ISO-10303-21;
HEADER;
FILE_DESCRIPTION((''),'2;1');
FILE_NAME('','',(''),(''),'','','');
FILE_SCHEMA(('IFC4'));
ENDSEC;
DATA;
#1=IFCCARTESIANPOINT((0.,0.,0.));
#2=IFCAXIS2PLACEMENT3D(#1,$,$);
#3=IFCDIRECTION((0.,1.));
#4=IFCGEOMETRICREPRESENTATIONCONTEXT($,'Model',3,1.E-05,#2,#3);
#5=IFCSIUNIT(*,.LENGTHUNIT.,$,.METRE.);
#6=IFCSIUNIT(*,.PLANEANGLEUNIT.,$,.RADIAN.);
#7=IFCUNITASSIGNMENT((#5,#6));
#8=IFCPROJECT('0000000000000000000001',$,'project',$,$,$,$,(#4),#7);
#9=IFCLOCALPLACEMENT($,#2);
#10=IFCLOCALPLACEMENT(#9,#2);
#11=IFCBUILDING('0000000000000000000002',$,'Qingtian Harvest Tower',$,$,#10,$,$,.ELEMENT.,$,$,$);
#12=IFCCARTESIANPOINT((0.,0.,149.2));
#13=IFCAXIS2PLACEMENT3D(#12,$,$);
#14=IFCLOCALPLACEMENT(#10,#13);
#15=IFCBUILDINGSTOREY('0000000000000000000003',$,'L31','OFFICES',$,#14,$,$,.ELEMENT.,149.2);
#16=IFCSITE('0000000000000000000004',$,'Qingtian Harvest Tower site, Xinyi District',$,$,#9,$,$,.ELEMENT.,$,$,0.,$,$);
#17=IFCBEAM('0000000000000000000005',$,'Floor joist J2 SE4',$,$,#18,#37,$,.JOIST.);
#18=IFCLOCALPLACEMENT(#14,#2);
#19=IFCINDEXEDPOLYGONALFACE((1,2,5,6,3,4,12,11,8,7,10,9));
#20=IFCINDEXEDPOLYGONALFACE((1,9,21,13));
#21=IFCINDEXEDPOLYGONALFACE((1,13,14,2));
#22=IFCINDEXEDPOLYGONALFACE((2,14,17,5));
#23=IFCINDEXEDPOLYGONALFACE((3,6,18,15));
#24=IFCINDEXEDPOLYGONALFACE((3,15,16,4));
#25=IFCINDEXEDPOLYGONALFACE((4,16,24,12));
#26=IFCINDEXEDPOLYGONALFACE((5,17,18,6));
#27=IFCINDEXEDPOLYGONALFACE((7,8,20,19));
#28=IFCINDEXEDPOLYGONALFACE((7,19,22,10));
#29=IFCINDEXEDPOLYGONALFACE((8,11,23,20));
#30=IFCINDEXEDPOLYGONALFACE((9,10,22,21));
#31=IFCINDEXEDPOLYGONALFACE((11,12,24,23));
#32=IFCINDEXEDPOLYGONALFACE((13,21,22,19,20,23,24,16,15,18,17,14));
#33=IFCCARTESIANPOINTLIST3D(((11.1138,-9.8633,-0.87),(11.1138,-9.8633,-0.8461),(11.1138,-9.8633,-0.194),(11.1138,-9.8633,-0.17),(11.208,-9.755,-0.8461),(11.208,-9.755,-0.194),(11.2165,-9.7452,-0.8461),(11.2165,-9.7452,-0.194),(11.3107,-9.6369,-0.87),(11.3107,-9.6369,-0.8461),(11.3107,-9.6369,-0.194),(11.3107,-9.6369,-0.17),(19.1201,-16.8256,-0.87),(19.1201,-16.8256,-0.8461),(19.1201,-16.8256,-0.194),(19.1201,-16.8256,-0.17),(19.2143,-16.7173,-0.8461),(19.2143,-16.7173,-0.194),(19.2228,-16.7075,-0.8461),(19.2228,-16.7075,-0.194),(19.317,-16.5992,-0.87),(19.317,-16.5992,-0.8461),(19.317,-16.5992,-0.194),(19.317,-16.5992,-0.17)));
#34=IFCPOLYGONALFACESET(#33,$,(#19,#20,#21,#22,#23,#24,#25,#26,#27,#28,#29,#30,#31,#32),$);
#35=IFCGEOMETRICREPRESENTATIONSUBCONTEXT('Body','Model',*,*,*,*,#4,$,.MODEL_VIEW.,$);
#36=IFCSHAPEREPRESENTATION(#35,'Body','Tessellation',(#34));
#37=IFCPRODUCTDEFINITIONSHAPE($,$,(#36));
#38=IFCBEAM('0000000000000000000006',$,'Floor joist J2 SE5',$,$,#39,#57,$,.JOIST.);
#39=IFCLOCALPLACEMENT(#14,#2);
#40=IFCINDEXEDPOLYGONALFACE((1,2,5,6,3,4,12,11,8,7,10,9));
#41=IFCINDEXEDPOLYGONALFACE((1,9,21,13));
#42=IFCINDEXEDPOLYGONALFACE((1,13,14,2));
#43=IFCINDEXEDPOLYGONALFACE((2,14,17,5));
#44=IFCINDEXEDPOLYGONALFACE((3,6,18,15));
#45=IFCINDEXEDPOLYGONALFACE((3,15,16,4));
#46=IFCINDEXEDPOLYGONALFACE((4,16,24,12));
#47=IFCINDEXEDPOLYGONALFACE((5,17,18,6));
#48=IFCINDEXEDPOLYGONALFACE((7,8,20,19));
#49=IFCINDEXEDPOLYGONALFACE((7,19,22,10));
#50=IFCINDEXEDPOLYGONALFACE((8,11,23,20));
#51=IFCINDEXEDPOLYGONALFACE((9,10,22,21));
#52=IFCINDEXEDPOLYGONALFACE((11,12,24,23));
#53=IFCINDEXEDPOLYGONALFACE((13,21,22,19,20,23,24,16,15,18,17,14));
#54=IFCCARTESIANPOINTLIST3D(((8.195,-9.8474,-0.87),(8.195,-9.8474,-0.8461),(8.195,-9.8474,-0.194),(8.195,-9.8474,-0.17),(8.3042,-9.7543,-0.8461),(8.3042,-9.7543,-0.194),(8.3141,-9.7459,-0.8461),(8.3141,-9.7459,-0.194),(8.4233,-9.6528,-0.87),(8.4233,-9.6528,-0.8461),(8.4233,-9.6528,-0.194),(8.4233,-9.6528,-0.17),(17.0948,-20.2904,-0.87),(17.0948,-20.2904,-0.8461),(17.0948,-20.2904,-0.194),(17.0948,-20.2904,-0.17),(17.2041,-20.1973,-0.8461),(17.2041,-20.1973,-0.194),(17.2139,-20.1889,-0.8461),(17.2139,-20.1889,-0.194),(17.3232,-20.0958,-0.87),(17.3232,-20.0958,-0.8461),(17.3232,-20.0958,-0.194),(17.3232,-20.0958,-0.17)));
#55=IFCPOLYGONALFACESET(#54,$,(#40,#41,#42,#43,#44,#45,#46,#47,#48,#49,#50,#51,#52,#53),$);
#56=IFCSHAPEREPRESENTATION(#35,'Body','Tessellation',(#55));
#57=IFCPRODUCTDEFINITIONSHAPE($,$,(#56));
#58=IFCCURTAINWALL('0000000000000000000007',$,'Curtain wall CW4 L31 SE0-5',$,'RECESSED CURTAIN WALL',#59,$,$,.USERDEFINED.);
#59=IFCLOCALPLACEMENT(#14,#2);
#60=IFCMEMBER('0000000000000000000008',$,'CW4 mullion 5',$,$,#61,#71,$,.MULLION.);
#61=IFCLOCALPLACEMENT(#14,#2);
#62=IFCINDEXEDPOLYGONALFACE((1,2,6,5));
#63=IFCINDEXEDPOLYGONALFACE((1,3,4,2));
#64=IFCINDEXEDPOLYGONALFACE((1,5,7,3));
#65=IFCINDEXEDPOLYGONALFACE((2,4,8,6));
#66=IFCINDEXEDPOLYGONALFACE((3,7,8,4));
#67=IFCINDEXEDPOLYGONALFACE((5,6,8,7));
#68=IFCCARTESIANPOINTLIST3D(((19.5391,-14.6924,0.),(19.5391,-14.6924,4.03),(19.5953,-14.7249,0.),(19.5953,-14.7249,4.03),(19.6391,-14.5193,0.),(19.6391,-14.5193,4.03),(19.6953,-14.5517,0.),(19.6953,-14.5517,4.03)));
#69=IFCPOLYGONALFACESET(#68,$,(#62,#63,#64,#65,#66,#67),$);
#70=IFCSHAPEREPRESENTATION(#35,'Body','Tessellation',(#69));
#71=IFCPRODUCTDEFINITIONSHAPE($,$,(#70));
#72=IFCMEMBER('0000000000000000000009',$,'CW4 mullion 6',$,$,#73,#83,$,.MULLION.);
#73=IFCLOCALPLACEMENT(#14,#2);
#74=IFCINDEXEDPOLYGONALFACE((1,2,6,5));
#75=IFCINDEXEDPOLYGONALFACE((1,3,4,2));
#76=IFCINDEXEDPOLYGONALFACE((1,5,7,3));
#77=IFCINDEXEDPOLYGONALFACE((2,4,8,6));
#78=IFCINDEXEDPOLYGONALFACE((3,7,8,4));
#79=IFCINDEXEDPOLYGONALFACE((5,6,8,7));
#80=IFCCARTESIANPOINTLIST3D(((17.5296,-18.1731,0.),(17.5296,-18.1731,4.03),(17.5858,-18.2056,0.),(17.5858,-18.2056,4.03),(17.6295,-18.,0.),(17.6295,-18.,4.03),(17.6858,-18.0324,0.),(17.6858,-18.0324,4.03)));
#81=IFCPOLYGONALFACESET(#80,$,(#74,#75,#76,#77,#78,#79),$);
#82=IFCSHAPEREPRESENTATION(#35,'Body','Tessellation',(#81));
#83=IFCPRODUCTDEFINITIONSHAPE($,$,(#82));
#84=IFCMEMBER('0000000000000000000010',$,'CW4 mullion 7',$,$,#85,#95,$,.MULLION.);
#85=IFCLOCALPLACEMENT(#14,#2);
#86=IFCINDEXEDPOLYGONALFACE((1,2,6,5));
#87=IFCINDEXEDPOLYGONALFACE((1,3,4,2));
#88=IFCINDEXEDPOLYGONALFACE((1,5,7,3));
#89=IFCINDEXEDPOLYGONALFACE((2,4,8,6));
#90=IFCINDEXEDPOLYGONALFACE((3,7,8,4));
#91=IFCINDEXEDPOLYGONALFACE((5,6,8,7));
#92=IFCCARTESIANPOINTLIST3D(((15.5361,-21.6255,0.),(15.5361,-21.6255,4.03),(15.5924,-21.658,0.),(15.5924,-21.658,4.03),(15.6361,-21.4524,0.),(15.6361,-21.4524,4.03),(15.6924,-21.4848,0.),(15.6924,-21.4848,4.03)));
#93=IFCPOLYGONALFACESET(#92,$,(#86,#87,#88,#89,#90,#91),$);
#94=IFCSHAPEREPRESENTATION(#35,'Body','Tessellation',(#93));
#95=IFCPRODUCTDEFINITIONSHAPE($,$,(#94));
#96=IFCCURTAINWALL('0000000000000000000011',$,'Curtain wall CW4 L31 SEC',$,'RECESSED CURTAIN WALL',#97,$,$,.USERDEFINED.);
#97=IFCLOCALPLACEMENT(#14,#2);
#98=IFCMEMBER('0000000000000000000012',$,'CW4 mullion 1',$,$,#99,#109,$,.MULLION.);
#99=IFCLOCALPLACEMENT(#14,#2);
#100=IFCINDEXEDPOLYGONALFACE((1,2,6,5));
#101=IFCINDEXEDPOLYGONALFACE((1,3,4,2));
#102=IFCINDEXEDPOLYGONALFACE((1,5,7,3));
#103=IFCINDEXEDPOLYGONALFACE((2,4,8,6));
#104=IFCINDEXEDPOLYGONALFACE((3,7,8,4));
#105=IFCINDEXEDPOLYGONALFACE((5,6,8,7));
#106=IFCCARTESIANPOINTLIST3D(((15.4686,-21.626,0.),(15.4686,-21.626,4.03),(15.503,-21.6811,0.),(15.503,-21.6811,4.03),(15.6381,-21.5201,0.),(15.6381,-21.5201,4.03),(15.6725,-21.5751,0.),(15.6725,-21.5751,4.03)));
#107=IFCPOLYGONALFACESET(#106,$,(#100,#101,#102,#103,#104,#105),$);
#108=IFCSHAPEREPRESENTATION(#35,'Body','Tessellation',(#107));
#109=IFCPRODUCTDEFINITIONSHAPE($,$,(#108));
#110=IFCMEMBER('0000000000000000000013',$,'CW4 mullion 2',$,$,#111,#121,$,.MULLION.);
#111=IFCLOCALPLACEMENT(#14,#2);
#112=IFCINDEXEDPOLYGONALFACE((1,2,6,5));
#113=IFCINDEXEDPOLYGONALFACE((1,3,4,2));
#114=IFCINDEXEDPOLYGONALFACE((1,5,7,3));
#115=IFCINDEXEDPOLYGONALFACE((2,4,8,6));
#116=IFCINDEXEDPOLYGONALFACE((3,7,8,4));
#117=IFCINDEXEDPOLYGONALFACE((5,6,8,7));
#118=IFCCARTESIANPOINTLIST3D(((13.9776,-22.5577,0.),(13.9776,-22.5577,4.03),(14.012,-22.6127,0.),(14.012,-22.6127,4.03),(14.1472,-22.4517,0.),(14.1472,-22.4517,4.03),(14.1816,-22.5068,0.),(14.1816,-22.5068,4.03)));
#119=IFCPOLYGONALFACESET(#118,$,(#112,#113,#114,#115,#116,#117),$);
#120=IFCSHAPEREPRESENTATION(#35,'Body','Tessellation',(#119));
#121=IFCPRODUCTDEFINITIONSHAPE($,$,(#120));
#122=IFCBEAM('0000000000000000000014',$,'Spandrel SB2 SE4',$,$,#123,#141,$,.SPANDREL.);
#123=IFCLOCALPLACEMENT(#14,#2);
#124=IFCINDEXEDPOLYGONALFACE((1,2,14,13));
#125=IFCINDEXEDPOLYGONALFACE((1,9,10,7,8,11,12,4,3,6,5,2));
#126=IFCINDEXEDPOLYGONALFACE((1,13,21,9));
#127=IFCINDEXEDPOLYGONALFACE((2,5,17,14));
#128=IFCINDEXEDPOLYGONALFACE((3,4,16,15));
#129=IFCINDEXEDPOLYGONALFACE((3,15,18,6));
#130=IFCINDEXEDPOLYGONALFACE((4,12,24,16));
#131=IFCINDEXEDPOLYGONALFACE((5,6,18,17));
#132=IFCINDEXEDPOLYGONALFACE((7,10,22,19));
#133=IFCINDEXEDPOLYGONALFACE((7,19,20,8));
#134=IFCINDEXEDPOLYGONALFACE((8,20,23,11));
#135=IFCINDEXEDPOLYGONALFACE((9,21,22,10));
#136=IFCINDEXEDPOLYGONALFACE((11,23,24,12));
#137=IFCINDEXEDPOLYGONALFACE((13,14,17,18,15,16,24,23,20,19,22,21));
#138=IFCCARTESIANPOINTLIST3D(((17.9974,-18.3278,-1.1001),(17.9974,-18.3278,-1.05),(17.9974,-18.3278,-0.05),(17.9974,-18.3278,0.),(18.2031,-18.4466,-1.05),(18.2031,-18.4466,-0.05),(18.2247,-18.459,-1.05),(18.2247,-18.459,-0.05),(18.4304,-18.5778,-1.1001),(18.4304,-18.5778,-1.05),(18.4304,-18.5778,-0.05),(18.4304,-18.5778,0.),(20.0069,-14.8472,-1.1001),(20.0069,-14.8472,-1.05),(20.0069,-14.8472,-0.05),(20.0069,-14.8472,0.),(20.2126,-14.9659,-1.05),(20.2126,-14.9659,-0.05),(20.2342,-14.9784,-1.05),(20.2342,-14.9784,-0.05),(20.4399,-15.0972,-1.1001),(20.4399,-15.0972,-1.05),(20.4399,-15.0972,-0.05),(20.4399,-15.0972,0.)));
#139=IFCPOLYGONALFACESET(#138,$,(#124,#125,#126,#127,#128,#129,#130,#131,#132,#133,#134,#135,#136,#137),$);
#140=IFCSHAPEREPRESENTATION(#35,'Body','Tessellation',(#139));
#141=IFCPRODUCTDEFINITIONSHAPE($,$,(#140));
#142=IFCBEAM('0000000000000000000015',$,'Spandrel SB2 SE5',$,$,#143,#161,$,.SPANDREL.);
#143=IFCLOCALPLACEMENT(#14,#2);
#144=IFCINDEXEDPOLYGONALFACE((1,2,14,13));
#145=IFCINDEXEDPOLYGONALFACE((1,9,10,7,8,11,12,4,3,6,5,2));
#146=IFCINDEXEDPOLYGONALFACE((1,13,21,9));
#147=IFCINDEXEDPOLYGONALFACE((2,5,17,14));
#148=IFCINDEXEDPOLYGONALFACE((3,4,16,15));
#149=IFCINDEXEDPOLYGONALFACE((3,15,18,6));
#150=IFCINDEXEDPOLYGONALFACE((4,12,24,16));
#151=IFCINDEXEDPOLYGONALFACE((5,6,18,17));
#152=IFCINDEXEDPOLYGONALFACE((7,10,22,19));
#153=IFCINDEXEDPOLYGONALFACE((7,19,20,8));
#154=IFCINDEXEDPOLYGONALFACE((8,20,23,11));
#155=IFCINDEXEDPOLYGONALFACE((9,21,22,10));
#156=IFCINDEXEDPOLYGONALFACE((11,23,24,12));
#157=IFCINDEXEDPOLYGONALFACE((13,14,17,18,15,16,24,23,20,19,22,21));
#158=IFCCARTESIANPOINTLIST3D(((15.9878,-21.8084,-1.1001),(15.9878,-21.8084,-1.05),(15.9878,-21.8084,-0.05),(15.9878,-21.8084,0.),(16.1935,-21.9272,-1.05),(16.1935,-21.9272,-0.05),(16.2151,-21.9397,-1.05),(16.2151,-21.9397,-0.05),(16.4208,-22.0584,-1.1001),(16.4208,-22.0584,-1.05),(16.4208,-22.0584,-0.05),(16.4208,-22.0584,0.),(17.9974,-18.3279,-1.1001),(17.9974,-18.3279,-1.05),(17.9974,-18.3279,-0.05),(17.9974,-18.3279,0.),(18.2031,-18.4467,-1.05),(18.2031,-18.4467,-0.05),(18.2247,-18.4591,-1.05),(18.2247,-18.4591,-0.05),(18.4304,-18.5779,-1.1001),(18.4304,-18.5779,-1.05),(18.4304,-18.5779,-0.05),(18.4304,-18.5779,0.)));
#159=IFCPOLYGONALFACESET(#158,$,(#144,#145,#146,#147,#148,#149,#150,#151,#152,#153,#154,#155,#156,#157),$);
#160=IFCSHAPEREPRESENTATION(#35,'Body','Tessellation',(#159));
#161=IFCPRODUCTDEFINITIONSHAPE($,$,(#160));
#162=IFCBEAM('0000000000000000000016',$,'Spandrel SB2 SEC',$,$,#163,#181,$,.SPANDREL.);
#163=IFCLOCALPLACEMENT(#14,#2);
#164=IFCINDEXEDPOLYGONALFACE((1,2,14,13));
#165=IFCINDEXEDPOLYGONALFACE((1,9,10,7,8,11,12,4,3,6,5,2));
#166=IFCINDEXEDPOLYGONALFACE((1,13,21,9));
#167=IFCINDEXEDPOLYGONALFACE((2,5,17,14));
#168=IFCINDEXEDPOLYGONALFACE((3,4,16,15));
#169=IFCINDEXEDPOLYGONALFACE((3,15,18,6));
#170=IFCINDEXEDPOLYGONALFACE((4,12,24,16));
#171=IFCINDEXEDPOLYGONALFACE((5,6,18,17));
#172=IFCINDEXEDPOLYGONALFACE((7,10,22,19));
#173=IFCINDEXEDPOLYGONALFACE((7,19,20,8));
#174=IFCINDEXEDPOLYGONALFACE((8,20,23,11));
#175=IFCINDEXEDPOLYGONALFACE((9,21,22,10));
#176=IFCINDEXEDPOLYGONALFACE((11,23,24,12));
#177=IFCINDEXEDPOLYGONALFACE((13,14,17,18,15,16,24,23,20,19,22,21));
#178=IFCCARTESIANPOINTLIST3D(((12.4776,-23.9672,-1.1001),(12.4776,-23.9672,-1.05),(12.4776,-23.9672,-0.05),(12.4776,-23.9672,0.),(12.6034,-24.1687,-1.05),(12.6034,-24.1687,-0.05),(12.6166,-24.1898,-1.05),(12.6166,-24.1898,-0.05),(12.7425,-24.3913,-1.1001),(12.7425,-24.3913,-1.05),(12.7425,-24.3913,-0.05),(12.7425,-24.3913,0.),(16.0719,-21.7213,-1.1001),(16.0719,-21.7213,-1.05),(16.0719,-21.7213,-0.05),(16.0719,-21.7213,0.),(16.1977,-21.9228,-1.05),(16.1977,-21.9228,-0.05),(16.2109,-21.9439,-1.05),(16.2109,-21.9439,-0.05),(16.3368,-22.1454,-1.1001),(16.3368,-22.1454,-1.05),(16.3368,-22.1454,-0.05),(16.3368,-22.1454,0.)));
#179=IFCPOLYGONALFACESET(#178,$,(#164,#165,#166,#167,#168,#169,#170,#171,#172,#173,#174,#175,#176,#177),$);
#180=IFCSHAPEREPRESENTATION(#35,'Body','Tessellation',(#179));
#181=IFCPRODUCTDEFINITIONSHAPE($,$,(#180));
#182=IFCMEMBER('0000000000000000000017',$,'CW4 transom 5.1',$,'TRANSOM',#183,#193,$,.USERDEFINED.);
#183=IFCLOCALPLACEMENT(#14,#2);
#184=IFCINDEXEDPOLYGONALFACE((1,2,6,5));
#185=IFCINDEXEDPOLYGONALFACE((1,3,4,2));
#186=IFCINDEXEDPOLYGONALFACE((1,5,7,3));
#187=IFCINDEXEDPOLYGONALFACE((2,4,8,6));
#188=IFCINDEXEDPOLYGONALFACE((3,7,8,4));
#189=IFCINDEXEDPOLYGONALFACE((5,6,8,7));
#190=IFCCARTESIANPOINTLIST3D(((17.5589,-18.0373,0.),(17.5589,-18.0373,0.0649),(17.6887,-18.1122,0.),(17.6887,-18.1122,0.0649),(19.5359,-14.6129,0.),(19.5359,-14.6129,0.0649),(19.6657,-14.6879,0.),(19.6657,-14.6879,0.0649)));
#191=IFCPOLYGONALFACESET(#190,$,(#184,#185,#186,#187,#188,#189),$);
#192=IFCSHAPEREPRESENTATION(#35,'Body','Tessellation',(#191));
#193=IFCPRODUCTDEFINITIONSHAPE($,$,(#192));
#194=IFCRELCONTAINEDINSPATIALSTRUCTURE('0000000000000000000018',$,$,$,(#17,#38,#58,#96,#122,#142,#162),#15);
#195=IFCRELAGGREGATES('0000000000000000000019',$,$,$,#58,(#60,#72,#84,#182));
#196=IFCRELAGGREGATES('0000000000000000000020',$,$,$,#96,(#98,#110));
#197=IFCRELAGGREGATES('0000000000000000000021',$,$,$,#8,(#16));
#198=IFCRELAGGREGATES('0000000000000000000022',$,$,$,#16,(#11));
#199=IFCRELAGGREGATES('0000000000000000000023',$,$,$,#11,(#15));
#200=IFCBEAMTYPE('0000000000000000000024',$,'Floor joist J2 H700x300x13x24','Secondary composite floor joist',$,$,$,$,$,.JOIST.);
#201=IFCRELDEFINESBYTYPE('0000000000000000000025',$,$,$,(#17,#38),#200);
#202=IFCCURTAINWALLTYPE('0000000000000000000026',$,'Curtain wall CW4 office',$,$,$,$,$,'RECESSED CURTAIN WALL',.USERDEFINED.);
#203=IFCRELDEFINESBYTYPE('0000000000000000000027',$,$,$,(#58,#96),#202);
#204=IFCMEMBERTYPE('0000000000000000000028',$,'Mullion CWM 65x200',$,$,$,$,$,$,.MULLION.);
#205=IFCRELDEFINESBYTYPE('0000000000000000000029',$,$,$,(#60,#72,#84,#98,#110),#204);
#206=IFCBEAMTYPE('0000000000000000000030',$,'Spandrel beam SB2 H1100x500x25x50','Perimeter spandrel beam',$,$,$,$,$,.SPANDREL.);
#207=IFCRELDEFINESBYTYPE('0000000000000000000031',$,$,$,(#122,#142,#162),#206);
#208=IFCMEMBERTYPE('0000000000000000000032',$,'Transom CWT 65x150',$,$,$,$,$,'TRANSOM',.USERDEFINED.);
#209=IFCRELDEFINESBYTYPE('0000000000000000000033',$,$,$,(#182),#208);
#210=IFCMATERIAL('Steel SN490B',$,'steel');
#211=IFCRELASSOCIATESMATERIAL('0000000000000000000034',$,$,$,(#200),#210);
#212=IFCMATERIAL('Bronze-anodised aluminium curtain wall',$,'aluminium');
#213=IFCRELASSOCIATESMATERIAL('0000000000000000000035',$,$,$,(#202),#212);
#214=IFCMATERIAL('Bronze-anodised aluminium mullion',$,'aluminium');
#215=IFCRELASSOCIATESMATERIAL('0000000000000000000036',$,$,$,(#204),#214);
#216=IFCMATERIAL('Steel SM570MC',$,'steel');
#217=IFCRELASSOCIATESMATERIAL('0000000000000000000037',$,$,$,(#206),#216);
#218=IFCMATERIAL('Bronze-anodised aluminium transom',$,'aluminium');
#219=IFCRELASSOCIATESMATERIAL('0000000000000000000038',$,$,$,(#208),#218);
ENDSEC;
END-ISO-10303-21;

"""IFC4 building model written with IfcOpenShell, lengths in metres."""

from ifc_helpers import new_model, si_unit, direction, frame, origin, origin_2d, place, context, subcontext, project, spatial, rectangle, i_section, extrude, material, material_profile, profile_set, type_object, element, aggregate, save


model = new_model("IFC4")

# Units and contexts
model_context = context("Model", 3, precision=1e-05, world=origin(), true_north=direction((0.0, 1.0)))
body_context = subcontext(model_context, "Body", "Model", "MODEL_VIEW")
ifc_project = project(units=[si_unit("LENGTHUNIT", "METRE"), si_unit("PLANEANGLEUNIT", "RADIAN")], contexts=[model_context])

# Site, building, storey
site_placement = place(None, origin())
site = spatial("IfcSite", under=ifc_project, at=site_placement, Name="Qingtian Harvest Tower site, Xinyi District", CompositionType="ELEMENT", RefElevation=0.0)
building_placement = place(site_placement, origin())
building = spatial("IfcBuilding", under=site, at=building_placement, Name="Qingtian Harvest Tower", CompositionType="ELEMENT")
storey_placement = place(building_placement, frame((0.0, 0.0, 149.2)))
storey = spatial("IfcBuildingStorey", under=building, at=storey_placement, Name="L31", Description="OFFICES", CompositionType="ELEMENT", Elevation=149.2)

# Beams
ifc_material_1 = material(Name="Steel SN490B", Category="steel")
ifc_material_profile_1 = material_profile(ifc_material_1, i_section(OverallWidth=0.3, OverallDepth=0.7, WebThickness=0.0129, FlangeThickness=0.0239, at=origin_2d()), Name="H700x300x13x24")
ifc_profile_set_1 = profile_set([ifc_material_profile_1], Name="Steel SN490B")
beam_type_1 = type_object("IfcBeamType", Name="Floor joist J2 H700x300x13x24", Description="Secondary composite floor joist", PredefinedType="JOIST", material=ifc_profile_set_1)
beam_1_placement = place(storey_placement, frame((19.2185, -16.7124, -0.52), z_axis=(-0.754589, 0.656198, 0.0), x_axis=(-0.656198, -0.754589, 0.0)))
element("IfcBeam", 1, at=beam_1_placement, inside=storey, type_object=beam_type_1, Name="Floor joist J2 SE4", PredefinedType="JOIST", context=body_context, shape_type="SweptSolid", body=[
    extrude(i_section(OverallWidth=0.3, OverallDepth=0.7, WebThickness=0.0129, FlangeThickness=0.0239, at=origin_2d()), origin(), (0.0, 0.0, 1.0), 10.6101),
])
beam_2_placement = place(storey_placement, frame((17.209, -20.1931, -0.52), z_axis=(-0.648632, 0.761102, 0.0), x_axis=(-0.761102, -0.648632, 0.0)))
element("IfcBeam", 2, at=beam_2_placement, inside=storey, type_object=beam_type_1, Name="Floor joist J2 SE5", PredefinedType="JOIST", context=body_context, shape_type="SweptSolid", body=[
    extrude(i_section(OverallWidth=0.3, OverallDepth=0.7, WebThickness=0.0129, FlangeThickness=0.0239, at=origin_2d()), origin(), (0.0, 0.0, 1.0), 13.7209),
])

# Curtain walls, members
ifc_material_2 = material(Name="Bronze-anodised aluminium curtain wall", Category="aluminium")
curtain_wall_type = type_object("IfcCurtainWallType", Name="Curtain wall CW4 office", ElementType="RECESSED CURTAIN WALL", PredefinedType="USERDEFINED", material=ifc_material_2)
curtain_wall_1_placement = place(storey_placement, origin())
curtain_wall_1 = element("IfcCurtainWall", 3, at=curtain_wall_1_placement, inside=storey, type_object=curtain_wall_type, Name="Curtain wall CW4 L31 SE0-5", ObjectType="RECESSED CURTAIN WALL", PredefinedType="USERDEFINED")
ifc_material_3 = material(Name="Bronze-anodised aluminium mullion", Category="aluminium")
ifc_material_profile_2 = material_profile(ifc_material_3, rectangle(XDim=0.0649, YDim=0.2, at=origin_2d()), Name="AL 65x200")
ifc_profile_set_2 = profile_set([ifc_material_profile_2], Name="Bronze-anodised aluminium mullion")
member_type_1 = type_object("IfcMemberType", Name="Mullion CWM 65x200", PredefinedType="MULLION", material=ifc_profile_set_2)
member_1_placement = place(storey_placement, frame((19.6172, -14.6221, 0.0), z_axis=(0.0, 0.0, 1.0), x_axis=(0.866025, -0.5, 0.0)))
member_1 = element("IfcMember", 4, at=member_1_placement, type_object=member_type_1, Name="CW4 mullion 5", PredefinedType="MULLION", context=body_context, shape_type="SweptSolid", body=[
    extrude(rectangle(XDim=0.0649, YDim=0.2, at=origin_2d()), origin(), (0.0, 0.0, 1.0), 4.03),
])
member_2_placement = place(storey_placement, frame((17.6077, -18.1028, 0.0), z_axis=(0.0, 0.0, 1.0), x_axis=(0.866025, -0.5, 0.0)))
member_2 = element("IfcMember", 5, at=member_2_placement, type_object=member_type_1, Name="CW4 mullion 6", PredefinedType="MULLION", context=body_context, shape_type="SweptSolid", body=[
    extrude(rectangle(XDim=0.0649, YDim=0.2, at=origin_2d()), origin(), (0.0, 0.0, 1.0), 4.03),
])
member_3_placement = place(storey_placement, frame((15.6143, -21.5552, 0.0), z_axis=(0.0, 0.0, 1.0), x_axis=(0.866025, -0.5, 0.0)))
member_3 = element("IfcMember", 6, at=member_3_placement, type_object=member_type_1, Name="CW4 mullion 7", PredefinedType="MULLION", context=body_context, shape_type="SweptSolid", body=[
    extrude(rectangle(XDim=0.0649, YDim=0.2, at=origin_2d()), origin(), (0.0, 0.0, 1.0), 4.03),
])
curtain_wall_2_placement = place(storey_placement, origin())
curtain_wall_2 = element("IfcCurtainWall", 7, at=curtain_wall_2_placement, inside=storey, type_object=curtain_wall_type, Name="Curtain wall CW4 L31 SEC", ObjectType="RECESSED CURTAIN WALL", PredefinedType="USERDEFINED")
member_4_placement = place(storey_placement, frame((15.5706, -21.6006, 0.0), z_axis=(0.0, 0.0, 1.0), x_axis=(0.529919, -0.848048, 0.0)))
member_4 = element("IfcMember", 8, at=member_4_placement, type_object=member_type_1, Name="CW4 mullion 1", PredefinedType="MULLION", context=body_context, shape_type="SweptSolid", body=[
    extrude(rectangle(XDim=0.0649, YDim=0.2, at=origin_2d()), origin(), (0.0, 0.0, 1.0), 4.03),
])
member_5_placement = place(storey_placement, frame((14.0796, -22.5322, 0.0), z_axis=(0.0, 0.0, 1.0), x_axis=(0.529919, -0.848048, 0.0)))
member_5 = element("IfcMember", 9, at=member_5_placement, type_object=member_type_1, Name="CW4 mullion 2", PredefinedType="MULLION", context=body_context, shape_type="SweptSolid", body=[
    extrude(rectangle(XDim=0.0649, YDim=0.2, at=origin_2d()), origin(), (0.0, 0.0, 1.0), 4.03),
])

# Beams
ifc_material_4 = material(Name="Steel SM570MC", Category="steel")
ifc_material_profile_3 = material_profile(ifc_material_4, i_section(OverallWidth=0.5, OverallDepth=1.1001, WebThickness=0.0249, FlangeThickness=0.05, at=origin_2d()), Name="H1100x500x25x50")
ifc_profile_set_3 = profile_set([ifc_material_profile_3], Name="Steel SM570MC")
beam_type_2 = type_object("IfcBeamType", Name="Spandrel beam SB2 H1100x500x25x50", Description="Perimeter spandrel beam", PredefinedType="SPANDREL", material=ifc_profile_set_3)
for number, where, z_axis, x_axis, name in (
    (10, (20.2234, -14.9722, -0.55), (-0.499987, -0.866033, 0.0), (0.866033, -0.499987, 0.0), "Spandrel SB2 SE4"),
    (11, (18.2139, -18.4529, -0.55), (-0.500013, -0.866018, 0.0), (0.866018, -0.500013, 0.0), "Spandrel SB2 SE5"),
):
    element("IfcBeam", number, at=place(storey_placement, frame(where, z_axis=z_axis, x_axis=x_axis)), inside=storey, type_object=beam_type_2, Name=name, PredefinedType="SPANDREL", context=body_context, shape_type="SweptSolid", body=[
        extrude(i_section(OverallWidth=0.5, OverallDepth=1.1001, WebThickness=0.0249, FlangeThickness=0.05, at=origin_2d()), origin(), (0.0, 0.0, 1.0), 4.019),
    ])
beam_3_placement = place(storey_placement, frame((16.2043, -21.9333, -0.55), z_axis=(-0.848057, -0.529906, 0.0), x_axis=(0.529906, -0.848057, 0.0)))
element("IfcBeam", 12, at=beam_3_placement, inside=storey, type_object=beam_type_2, Name="Spandrel SB2 SEC", PredefinedType="SPANDREL", context=body_context, shape_type="SweptSolid", body=[
    extrude(i_section(OverallWidth=0.5, OverallDepth=1.1001, WebThickness=0.0249, FlangeThickness=0.05, at=origin_2d()), origin(), (0.0, 0.0, 1.0), 4.2383),
])

# Member
ifc_material_5 = material(Name="Bronze-anodised aluminium transom", Category="aluminium")
ifc_material_profile_4 = material_profile(ifc_material_5, rectangle(XDim=0.1499, YDim=0.0649, at=origin_2d()), Name="AL 65x150")
ifc_profile_set_4 = profile_set([ifc_material_profile_4], Name="Bronze-anodised aluminium transom")
member_type_2 = type_object("IfcMemberType", Name="Transom CWT 65x150", ElementType="TRANSOM", PredefinedType="USERDEFINED", material=ifc_profile_set_4)
member_6_placement = place(storey_placement, frame((19.6008, -14.6504, 0.0325), z_axis=(-0.500004, -0.866023, 0.0), x_axis=(0.866023, -0.500004, 0.0)))
member_6 = element("IfcMember", 13, at=member_6_placement, type_object=member_type_2, Name="CW4 transom 5.1", ObjectType="TRANSOM", PredefinedType="USERDEFINED", context=body_context, shape_type="SweptSolid", body=[
    extrude(rectangle(XDim=0.1499, YDim=0.0649, at=origin_2d()), origin(), (0.0, 0.0, 1.0), 3.9541),
])

aggregate(curtain_wall_1, [member_1, member_2, member_3, member_6])
aggregate(curtain_wall_2, [member_4, member_5])

save(model, "model.ifc")
